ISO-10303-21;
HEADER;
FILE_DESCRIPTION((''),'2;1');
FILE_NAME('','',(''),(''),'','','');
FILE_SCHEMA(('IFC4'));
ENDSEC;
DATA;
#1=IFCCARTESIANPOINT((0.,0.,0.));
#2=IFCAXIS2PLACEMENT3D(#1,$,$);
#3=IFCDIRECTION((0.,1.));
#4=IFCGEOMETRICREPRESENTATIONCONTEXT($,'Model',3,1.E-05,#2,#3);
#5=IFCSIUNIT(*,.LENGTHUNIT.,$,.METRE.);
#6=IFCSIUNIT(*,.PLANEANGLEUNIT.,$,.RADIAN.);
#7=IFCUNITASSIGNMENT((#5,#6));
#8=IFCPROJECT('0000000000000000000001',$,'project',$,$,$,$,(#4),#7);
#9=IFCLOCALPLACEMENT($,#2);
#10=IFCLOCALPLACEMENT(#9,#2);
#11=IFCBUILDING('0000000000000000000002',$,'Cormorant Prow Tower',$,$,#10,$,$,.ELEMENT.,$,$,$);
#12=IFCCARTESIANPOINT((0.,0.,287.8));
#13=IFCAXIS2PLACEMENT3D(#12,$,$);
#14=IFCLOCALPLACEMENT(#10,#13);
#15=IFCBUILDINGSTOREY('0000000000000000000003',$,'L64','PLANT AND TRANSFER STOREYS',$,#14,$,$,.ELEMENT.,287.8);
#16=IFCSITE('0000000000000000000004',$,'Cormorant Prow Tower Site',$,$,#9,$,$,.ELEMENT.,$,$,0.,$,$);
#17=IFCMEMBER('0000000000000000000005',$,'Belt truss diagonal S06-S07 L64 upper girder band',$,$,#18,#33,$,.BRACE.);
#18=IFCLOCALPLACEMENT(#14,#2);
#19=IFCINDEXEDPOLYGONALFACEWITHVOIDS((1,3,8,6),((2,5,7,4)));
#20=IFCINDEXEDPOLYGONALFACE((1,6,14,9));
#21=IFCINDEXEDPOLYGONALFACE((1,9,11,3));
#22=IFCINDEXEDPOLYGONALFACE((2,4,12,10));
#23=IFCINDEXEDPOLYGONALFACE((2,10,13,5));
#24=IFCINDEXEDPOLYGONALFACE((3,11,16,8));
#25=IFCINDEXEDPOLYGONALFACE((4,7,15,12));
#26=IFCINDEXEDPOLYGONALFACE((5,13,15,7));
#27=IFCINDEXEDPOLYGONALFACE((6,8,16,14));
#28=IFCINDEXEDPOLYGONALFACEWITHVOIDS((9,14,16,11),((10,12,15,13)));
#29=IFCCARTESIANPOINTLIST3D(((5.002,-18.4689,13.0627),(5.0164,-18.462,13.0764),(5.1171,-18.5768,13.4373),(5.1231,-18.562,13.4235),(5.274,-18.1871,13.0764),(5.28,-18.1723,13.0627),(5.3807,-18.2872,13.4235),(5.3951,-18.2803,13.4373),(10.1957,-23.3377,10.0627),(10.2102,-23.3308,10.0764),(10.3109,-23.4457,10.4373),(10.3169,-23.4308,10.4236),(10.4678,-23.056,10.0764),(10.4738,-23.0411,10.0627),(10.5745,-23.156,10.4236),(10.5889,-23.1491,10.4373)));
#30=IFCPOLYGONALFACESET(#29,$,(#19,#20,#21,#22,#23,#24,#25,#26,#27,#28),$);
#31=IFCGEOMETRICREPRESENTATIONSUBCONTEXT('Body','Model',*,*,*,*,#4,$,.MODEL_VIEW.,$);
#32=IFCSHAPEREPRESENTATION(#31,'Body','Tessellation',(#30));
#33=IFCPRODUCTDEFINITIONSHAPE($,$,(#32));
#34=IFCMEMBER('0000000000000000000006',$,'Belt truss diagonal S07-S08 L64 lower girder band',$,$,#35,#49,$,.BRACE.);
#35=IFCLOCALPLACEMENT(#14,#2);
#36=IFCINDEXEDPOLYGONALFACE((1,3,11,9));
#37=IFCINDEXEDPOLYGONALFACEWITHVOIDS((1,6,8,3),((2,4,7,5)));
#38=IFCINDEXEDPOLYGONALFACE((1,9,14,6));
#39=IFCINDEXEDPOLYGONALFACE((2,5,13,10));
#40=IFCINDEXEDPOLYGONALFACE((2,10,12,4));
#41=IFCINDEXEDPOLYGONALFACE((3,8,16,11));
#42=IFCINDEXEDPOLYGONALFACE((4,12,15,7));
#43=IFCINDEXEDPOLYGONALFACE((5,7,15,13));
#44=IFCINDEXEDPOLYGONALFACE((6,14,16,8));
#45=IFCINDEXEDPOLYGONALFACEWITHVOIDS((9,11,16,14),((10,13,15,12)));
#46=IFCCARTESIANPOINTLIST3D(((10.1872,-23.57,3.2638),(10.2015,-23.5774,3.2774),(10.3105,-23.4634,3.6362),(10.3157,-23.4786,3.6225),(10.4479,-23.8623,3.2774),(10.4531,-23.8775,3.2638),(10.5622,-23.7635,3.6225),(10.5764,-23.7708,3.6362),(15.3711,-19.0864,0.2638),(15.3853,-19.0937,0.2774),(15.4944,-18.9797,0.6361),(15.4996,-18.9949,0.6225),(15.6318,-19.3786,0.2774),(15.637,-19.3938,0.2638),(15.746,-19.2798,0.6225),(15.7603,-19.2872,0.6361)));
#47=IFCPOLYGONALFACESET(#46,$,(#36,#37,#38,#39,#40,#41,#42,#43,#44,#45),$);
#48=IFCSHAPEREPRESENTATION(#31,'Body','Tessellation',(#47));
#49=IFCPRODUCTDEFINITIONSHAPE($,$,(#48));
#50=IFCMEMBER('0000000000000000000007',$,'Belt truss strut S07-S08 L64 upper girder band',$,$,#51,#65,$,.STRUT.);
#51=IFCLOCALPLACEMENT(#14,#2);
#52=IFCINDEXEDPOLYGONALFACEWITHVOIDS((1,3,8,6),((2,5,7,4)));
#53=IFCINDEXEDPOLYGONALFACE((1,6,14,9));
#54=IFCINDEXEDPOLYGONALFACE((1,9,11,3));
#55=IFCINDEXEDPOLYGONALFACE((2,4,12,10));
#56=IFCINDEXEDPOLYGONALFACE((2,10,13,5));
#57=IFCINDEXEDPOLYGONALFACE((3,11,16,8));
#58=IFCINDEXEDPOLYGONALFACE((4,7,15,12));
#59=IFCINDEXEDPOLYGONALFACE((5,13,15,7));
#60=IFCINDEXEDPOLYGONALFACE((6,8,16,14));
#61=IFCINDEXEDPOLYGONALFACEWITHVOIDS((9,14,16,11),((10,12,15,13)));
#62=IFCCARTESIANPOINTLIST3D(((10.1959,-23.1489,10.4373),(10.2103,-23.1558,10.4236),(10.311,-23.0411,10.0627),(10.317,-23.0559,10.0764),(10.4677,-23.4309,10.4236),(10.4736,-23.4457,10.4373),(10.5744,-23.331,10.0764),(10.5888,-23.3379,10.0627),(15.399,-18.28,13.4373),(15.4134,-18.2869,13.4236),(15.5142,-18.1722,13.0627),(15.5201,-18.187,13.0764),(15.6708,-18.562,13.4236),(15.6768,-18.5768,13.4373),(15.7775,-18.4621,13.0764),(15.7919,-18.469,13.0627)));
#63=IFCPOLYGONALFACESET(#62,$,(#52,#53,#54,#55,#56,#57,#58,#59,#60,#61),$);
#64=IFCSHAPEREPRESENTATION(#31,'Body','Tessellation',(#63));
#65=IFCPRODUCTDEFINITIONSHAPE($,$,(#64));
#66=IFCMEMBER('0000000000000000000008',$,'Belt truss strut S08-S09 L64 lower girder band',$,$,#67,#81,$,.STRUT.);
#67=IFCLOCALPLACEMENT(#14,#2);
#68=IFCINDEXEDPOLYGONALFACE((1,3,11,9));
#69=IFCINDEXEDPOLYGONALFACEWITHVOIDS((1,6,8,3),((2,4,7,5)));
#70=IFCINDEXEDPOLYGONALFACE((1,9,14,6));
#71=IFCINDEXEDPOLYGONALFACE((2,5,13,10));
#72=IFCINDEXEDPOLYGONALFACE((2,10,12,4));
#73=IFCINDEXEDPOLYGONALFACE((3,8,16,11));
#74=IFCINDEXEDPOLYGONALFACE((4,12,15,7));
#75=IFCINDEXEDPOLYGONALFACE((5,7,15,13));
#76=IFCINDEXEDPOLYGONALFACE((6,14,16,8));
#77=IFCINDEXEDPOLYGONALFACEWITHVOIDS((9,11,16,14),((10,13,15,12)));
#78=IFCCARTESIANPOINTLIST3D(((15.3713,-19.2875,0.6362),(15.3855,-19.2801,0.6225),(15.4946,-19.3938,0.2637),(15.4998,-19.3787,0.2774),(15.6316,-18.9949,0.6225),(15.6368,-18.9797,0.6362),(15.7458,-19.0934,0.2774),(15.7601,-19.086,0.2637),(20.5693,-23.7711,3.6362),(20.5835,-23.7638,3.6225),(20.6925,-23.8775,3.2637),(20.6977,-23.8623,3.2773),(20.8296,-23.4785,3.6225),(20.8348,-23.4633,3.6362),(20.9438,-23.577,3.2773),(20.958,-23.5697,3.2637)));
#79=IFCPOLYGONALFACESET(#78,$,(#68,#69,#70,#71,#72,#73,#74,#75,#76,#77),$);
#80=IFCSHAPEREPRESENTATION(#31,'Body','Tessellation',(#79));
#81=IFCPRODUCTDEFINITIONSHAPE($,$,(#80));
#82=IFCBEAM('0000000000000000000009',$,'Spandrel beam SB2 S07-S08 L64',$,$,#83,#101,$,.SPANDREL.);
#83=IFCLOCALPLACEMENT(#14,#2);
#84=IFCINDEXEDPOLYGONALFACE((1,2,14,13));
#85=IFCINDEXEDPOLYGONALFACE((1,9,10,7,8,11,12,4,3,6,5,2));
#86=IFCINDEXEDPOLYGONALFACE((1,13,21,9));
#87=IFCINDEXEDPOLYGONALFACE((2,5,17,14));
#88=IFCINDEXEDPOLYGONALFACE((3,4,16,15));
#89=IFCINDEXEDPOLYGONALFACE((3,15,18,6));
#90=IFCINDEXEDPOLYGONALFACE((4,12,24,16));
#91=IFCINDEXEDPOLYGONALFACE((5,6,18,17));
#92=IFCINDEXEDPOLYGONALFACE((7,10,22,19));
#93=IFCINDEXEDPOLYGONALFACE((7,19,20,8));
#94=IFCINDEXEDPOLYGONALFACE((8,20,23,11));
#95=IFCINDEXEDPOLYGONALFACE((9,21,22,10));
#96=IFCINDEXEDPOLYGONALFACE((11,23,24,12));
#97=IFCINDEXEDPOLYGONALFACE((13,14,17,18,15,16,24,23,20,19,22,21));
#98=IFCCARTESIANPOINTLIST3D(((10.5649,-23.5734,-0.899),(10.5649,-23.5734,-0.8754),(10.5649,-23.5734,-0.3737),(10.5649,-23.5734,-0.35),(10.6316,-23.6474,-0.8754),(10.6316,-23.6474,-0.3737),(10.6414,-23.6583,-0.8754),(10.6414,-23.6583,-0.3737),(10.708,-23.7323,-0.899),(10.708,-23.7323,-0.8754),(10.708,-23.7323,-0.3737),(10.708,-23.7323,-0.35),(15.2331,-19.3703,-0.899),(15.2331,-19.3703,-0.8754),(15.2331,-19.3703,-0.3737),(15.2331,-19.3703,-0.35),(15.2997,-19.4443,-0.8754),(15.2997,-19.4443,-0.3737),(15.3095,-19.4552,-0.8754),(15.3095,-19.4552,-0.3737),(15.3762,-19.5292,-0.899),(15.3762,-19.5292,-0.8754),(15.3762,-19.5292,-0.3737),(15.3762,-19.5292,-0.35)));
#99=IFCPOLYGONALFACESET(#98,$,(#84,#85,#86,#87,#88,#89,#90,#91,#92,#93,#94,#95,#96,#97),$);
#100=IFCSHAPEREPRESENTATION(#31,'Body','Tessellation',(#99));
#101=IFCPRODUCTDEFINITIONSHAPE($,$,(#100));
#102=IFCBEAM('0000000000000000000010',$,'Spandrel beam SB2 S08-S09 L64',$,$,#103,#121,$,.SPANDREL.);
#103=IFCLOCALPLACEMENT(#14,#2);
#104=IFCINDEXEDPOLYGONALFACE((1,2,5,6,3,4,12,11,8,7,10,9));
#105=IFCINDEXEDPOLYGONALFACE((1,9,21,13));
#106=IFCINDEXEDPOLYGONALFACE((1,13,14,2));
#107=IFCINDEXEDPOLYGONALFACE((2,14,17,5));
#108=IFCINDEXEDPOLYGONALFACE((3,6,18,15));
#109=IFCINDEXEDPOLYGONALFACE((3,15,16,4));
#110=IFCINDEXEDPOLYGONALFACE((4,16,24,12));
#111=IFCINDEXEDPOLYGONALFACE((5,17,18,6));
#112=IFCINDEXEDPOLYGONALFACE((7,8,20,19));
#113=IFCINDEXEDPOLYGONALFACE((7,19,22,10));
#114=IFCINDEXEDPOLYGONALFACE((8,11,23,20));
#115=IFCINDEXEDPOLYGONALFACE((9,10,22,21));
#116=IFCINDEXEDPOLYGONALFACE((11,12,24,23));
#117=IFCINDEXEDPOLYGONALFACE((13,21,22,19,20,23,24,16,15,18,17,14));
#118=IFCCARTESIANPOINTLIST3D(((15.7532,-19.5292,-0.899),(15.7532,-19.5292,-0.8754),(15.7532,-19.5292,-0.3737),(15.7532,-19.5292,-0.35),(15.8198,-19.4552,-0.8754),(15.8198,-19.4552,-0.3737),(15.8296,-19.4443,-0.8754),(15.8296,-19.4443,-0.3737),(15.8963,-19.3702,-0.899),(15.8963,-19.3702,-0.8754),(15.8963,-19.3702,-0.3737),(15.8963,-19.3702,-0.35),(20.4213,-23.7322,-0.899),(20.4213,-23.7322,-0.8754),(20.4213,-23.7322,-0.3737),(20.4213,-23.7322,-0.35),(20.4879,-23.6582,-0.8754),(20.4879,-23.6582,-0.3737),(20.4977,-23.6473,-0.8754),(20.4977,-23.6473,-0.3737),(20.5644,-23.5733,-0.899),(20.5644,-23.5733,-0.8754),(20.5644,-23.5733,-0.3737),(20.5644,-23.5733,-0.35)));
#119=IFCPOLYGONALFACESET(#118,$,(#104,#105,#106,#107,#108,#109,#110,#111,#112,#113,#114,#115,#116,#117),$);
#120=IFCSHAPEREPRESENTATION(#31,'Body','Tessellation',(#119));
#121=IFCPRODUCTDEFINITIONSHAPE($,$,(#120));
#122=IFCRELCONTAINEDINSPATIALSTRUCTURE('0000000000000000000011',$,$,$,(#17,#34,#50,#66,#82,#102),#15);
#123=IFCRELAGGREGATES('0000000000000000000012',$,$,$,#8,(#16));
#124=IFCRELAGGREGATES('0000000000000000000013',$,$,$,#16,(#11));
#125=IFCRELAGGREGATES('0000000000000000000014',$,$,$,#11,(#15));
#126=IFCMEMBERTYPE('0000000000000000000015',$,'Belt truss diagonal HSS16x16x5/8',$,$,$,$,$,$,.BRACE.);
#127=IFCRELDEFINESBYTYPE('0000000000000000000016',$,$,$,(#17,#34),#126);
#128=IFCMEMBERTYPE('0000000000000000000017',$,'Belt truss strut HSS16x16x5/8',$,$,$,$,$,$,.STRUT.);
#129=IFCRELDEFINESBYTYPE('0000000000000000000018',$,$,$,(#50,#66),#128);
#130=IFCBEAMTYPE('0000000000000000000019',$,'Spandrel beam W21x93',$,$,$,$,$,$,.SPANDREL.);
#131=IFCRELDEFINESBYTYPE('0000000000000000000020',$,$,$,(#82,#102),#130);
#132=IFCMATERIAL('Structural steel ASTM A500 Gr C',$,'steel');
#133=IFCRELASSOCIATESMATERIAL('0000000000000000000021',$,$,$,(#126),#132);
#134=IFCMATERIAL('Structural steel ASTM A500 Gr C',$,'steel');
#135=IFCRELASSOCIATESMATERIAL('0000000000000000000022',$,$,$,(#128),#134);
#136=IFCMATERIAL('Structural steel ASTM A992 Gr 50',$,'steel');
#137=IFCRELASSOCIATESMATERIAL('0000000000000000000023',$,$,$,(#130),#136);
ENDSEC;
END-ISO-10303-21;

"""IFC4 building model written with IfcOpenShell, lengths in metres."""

from ifc_helpers import new_model, si_unit, direction, frame, origin, origin_2d, place, context, subcontext, project, spatial, hollow_rectangle, i_section, extrude, material, material_profile, profile_set, type_object, element, save


model = new_model("IFC4")

# Units and contexts
model_context = context("Model", 3, precision=1e-05, world=origin(), true_north=direction((0.0, 1.0)))
body_context = subcontext(model_context, "Body", "Model", "MODEL_VIEW")
ifc_project = project(units=[si_unit("LENGTHUNIT", "METRE"), si_unit("PLANEANGLEUNIT", "RADIAN")], contexts=[model_context])

# Site, building, storey
site_placement = place(None, origin())
site = spatial("IfcSite", under=ifc_project, at=site_placement, Name="Cormorant Prow Tower Site", CompositionType="ELEMENT", RefElevation=0.0)
building_placement = place(site_placement, origin())
building = spatial("IfcBuilding", under=site, at=building_placement, Name="Cormorant Prow Tower", CompositionType="ELEMENT")
storey_placement = place(building_placement, frame((0.0, 0.0, 287.8)))
storey = spatial("IfcBuildingStorey", under=building, at=storey_placement, Name="L64", Description="PLANT AND TRANSFER STOREYS", CompositionType="ELEMENT", Elevation=287.8)

# Members
ifc_material_1 = material(Name="Structural steel ASTM A500 Gr C", Category="steel")
ifc_material_profile_1 = material_profile(ifc_material_1, hollow_rectangle(XDim=0.4065, YDim=0.4065, WallThickness=0.0149, at=origin_2d()), Name="HSS16x16x5/8")
ifc_profile_set_1 = profile_set([ifc_material_profile_1], Name="Structural steel ASTM A500 Gr C")
member_type_1 = type_object("IfcMemberType", Name="Belt truss diagonal HSS16x16x5/8", PredefinedType="BRACE", material=ifc_profile_set_1)
member_1_placement = place(storey_placement, frame((10.3923, -23.2434, 10.25), z_axis=(-0.672306, 0.630243, 0.388328), x_axis=(-0.683916, -0.729561, 0.0)))
element("IfcMember", 1, at=member_1_placement, inside=storey, type_object=member_type_1, Name="Belt truss diagonal S06-S07 L64 upper girder band", PredefinedType="BRACE", context=body_context, shape_type="SweptSolid", body=[
    extrude(hollow_rectangle(XDim=0.4065, YDim=0.4065, WallThickness=0.0149, at=origin_2d()), origin(), (0.0, 0.0, 1.0), 7.7253),
])
member_2_placement = place(storey_placement, frame((15.5657, -19.1868, 0.45), z_axis=(-0.692873, -0.599285, 0.400981), x_axis=(0.654179, -0.75634, 0.0)))
element("IfcMember", 2, at=member_2_placement, inside=storey, type_object=member_type_1, Name="Belt truss diagonal S07-S08 L64 lower girder band", PredefinedType="BRACE", context=body_context, shape_type="SweptSolid", body=[
    extrude(hollow_rectangle(XDim=0.4065, YDim=0.4065, WallThickness=0.0149, at=origin_2d()), origin(), (0.0, 0.0, 1.0), 7.4817),
])
ifc_material_2 = material(Name="Structural steel ASTM A500 Gr C", Category="steel")
ifc_material_profile_2 = material_profile(ifc_material_2, hollow_rectangle(XDim=0.4065, YDim=0.4065, WallThickness=0.0149, at=origin_2d()), Name="HSS16x16x5/8")
ifc_profile_set_2 = profile_set([ifc_material_profile_2], Name="Structural steel ASTM A500 Gr C")
member_type_2 = type_object("IfcMemberType", Name="Belt truss strut HSS16x16x5/8", PredefinedType="STRUT", material=ifc_profile_set_2)
member_3_placement = place(storey_placement, frame((10.3923, -23.2434, 10.25), z_axis=(0.672963, 0.629734, 0.388015), x_axis=(-0.683266, 0.730169, 0.0)))
element("IfcMember", 3, at=member_3_placement, inside=storey, type_object=member_type_2, Name="Belt truss strut S07-S08 L64 upper girder band", PredefinedType="STRUT", context=body_context, shape_type="SweptSolid", body=[
    extrude(hollow_rectangle(XDim=0.4065, YDim=0.4065, WallThickness=0.0149, at=origin_2d()), origin(), (0.0, 0.0, 1.0), 7.7317),
])
member_4_placement = place(storey_placement, frame((15.5657, -19.1868, 0.45), z_axis=(0.693855, -0.598499, 0.400455), x_axis=(0.653158, 0.757222, 0.0)))
element("IfcMember", 4, at=member_4_placement, inside=storey, type_object=member_type_2, Name="Belt truss strut S08-S09 L64 lower girder band", PredefinedType="STRUT", context=body_context, shape_type="SweptSolid", body=[
    extrude(hollow_rectangle(XDim=0.4065, YDim=0.4065, WallThickness=0.0149, at=origin_2d()), origin(), (0.0, 0.0, 1.0), 7.4915),
])

# Beams
ifc_material_3 = material(Name="Structural steel ASTM A992 Gr 50", Category="steel")
ifc_material_profile_3 = material_profile(ifc_material_3, i_section(OverallWidth=0.2139, OverallDepth=0.5491, WebThickness=0.0146, FlangeThickness=0.0237, at=origin_2d()), Name="W21x93")
ifc_profile_set_3 = profile_set([ifc_material_profile_3], Name="Structural steel ASTM A992 Gr 50")
beam_type = type_object("IfcBeamType", Name="Spandrel beam W21x93", PredefinedType="SPANDREL", material=ifc_profile_set_3)
for number, where, z_axis, x_axis, name in (
    (5, (10.6365, -23.6528, -0.6245), (0.743157, 0.669117, 0.0), (-0.669117, 0.743157, 0.0), "Spandrel beam SB2 S07-S08 L64"),
    (6, (15.8247, -19.4497, -0.6245), (0.743157, -0.669117, 0.0), (0.669117, 0.743157, 0.0), "Spandrel beam SB2 S08-S09 L64"),
):
    element("IfcBeam", number, at=place(storey_placement, frame(where, z_axis=z_axis, x_axis=x_axis)), inside=storey, type_object=beam_type, Name=name, PredefinedType="SPANDREL", context=body_context, shape_type="SweptSolid", body=[
        extrude(i_section(OverallWidth=0.2139, OverallDepth=0.5491, WebThickness=0.0146, FlangeThickness=0.0237, at=origin_2d()), origin(), (0.0, 0.0, 1.0), 6.2815),
    ])

save(model, "model.ifc")
